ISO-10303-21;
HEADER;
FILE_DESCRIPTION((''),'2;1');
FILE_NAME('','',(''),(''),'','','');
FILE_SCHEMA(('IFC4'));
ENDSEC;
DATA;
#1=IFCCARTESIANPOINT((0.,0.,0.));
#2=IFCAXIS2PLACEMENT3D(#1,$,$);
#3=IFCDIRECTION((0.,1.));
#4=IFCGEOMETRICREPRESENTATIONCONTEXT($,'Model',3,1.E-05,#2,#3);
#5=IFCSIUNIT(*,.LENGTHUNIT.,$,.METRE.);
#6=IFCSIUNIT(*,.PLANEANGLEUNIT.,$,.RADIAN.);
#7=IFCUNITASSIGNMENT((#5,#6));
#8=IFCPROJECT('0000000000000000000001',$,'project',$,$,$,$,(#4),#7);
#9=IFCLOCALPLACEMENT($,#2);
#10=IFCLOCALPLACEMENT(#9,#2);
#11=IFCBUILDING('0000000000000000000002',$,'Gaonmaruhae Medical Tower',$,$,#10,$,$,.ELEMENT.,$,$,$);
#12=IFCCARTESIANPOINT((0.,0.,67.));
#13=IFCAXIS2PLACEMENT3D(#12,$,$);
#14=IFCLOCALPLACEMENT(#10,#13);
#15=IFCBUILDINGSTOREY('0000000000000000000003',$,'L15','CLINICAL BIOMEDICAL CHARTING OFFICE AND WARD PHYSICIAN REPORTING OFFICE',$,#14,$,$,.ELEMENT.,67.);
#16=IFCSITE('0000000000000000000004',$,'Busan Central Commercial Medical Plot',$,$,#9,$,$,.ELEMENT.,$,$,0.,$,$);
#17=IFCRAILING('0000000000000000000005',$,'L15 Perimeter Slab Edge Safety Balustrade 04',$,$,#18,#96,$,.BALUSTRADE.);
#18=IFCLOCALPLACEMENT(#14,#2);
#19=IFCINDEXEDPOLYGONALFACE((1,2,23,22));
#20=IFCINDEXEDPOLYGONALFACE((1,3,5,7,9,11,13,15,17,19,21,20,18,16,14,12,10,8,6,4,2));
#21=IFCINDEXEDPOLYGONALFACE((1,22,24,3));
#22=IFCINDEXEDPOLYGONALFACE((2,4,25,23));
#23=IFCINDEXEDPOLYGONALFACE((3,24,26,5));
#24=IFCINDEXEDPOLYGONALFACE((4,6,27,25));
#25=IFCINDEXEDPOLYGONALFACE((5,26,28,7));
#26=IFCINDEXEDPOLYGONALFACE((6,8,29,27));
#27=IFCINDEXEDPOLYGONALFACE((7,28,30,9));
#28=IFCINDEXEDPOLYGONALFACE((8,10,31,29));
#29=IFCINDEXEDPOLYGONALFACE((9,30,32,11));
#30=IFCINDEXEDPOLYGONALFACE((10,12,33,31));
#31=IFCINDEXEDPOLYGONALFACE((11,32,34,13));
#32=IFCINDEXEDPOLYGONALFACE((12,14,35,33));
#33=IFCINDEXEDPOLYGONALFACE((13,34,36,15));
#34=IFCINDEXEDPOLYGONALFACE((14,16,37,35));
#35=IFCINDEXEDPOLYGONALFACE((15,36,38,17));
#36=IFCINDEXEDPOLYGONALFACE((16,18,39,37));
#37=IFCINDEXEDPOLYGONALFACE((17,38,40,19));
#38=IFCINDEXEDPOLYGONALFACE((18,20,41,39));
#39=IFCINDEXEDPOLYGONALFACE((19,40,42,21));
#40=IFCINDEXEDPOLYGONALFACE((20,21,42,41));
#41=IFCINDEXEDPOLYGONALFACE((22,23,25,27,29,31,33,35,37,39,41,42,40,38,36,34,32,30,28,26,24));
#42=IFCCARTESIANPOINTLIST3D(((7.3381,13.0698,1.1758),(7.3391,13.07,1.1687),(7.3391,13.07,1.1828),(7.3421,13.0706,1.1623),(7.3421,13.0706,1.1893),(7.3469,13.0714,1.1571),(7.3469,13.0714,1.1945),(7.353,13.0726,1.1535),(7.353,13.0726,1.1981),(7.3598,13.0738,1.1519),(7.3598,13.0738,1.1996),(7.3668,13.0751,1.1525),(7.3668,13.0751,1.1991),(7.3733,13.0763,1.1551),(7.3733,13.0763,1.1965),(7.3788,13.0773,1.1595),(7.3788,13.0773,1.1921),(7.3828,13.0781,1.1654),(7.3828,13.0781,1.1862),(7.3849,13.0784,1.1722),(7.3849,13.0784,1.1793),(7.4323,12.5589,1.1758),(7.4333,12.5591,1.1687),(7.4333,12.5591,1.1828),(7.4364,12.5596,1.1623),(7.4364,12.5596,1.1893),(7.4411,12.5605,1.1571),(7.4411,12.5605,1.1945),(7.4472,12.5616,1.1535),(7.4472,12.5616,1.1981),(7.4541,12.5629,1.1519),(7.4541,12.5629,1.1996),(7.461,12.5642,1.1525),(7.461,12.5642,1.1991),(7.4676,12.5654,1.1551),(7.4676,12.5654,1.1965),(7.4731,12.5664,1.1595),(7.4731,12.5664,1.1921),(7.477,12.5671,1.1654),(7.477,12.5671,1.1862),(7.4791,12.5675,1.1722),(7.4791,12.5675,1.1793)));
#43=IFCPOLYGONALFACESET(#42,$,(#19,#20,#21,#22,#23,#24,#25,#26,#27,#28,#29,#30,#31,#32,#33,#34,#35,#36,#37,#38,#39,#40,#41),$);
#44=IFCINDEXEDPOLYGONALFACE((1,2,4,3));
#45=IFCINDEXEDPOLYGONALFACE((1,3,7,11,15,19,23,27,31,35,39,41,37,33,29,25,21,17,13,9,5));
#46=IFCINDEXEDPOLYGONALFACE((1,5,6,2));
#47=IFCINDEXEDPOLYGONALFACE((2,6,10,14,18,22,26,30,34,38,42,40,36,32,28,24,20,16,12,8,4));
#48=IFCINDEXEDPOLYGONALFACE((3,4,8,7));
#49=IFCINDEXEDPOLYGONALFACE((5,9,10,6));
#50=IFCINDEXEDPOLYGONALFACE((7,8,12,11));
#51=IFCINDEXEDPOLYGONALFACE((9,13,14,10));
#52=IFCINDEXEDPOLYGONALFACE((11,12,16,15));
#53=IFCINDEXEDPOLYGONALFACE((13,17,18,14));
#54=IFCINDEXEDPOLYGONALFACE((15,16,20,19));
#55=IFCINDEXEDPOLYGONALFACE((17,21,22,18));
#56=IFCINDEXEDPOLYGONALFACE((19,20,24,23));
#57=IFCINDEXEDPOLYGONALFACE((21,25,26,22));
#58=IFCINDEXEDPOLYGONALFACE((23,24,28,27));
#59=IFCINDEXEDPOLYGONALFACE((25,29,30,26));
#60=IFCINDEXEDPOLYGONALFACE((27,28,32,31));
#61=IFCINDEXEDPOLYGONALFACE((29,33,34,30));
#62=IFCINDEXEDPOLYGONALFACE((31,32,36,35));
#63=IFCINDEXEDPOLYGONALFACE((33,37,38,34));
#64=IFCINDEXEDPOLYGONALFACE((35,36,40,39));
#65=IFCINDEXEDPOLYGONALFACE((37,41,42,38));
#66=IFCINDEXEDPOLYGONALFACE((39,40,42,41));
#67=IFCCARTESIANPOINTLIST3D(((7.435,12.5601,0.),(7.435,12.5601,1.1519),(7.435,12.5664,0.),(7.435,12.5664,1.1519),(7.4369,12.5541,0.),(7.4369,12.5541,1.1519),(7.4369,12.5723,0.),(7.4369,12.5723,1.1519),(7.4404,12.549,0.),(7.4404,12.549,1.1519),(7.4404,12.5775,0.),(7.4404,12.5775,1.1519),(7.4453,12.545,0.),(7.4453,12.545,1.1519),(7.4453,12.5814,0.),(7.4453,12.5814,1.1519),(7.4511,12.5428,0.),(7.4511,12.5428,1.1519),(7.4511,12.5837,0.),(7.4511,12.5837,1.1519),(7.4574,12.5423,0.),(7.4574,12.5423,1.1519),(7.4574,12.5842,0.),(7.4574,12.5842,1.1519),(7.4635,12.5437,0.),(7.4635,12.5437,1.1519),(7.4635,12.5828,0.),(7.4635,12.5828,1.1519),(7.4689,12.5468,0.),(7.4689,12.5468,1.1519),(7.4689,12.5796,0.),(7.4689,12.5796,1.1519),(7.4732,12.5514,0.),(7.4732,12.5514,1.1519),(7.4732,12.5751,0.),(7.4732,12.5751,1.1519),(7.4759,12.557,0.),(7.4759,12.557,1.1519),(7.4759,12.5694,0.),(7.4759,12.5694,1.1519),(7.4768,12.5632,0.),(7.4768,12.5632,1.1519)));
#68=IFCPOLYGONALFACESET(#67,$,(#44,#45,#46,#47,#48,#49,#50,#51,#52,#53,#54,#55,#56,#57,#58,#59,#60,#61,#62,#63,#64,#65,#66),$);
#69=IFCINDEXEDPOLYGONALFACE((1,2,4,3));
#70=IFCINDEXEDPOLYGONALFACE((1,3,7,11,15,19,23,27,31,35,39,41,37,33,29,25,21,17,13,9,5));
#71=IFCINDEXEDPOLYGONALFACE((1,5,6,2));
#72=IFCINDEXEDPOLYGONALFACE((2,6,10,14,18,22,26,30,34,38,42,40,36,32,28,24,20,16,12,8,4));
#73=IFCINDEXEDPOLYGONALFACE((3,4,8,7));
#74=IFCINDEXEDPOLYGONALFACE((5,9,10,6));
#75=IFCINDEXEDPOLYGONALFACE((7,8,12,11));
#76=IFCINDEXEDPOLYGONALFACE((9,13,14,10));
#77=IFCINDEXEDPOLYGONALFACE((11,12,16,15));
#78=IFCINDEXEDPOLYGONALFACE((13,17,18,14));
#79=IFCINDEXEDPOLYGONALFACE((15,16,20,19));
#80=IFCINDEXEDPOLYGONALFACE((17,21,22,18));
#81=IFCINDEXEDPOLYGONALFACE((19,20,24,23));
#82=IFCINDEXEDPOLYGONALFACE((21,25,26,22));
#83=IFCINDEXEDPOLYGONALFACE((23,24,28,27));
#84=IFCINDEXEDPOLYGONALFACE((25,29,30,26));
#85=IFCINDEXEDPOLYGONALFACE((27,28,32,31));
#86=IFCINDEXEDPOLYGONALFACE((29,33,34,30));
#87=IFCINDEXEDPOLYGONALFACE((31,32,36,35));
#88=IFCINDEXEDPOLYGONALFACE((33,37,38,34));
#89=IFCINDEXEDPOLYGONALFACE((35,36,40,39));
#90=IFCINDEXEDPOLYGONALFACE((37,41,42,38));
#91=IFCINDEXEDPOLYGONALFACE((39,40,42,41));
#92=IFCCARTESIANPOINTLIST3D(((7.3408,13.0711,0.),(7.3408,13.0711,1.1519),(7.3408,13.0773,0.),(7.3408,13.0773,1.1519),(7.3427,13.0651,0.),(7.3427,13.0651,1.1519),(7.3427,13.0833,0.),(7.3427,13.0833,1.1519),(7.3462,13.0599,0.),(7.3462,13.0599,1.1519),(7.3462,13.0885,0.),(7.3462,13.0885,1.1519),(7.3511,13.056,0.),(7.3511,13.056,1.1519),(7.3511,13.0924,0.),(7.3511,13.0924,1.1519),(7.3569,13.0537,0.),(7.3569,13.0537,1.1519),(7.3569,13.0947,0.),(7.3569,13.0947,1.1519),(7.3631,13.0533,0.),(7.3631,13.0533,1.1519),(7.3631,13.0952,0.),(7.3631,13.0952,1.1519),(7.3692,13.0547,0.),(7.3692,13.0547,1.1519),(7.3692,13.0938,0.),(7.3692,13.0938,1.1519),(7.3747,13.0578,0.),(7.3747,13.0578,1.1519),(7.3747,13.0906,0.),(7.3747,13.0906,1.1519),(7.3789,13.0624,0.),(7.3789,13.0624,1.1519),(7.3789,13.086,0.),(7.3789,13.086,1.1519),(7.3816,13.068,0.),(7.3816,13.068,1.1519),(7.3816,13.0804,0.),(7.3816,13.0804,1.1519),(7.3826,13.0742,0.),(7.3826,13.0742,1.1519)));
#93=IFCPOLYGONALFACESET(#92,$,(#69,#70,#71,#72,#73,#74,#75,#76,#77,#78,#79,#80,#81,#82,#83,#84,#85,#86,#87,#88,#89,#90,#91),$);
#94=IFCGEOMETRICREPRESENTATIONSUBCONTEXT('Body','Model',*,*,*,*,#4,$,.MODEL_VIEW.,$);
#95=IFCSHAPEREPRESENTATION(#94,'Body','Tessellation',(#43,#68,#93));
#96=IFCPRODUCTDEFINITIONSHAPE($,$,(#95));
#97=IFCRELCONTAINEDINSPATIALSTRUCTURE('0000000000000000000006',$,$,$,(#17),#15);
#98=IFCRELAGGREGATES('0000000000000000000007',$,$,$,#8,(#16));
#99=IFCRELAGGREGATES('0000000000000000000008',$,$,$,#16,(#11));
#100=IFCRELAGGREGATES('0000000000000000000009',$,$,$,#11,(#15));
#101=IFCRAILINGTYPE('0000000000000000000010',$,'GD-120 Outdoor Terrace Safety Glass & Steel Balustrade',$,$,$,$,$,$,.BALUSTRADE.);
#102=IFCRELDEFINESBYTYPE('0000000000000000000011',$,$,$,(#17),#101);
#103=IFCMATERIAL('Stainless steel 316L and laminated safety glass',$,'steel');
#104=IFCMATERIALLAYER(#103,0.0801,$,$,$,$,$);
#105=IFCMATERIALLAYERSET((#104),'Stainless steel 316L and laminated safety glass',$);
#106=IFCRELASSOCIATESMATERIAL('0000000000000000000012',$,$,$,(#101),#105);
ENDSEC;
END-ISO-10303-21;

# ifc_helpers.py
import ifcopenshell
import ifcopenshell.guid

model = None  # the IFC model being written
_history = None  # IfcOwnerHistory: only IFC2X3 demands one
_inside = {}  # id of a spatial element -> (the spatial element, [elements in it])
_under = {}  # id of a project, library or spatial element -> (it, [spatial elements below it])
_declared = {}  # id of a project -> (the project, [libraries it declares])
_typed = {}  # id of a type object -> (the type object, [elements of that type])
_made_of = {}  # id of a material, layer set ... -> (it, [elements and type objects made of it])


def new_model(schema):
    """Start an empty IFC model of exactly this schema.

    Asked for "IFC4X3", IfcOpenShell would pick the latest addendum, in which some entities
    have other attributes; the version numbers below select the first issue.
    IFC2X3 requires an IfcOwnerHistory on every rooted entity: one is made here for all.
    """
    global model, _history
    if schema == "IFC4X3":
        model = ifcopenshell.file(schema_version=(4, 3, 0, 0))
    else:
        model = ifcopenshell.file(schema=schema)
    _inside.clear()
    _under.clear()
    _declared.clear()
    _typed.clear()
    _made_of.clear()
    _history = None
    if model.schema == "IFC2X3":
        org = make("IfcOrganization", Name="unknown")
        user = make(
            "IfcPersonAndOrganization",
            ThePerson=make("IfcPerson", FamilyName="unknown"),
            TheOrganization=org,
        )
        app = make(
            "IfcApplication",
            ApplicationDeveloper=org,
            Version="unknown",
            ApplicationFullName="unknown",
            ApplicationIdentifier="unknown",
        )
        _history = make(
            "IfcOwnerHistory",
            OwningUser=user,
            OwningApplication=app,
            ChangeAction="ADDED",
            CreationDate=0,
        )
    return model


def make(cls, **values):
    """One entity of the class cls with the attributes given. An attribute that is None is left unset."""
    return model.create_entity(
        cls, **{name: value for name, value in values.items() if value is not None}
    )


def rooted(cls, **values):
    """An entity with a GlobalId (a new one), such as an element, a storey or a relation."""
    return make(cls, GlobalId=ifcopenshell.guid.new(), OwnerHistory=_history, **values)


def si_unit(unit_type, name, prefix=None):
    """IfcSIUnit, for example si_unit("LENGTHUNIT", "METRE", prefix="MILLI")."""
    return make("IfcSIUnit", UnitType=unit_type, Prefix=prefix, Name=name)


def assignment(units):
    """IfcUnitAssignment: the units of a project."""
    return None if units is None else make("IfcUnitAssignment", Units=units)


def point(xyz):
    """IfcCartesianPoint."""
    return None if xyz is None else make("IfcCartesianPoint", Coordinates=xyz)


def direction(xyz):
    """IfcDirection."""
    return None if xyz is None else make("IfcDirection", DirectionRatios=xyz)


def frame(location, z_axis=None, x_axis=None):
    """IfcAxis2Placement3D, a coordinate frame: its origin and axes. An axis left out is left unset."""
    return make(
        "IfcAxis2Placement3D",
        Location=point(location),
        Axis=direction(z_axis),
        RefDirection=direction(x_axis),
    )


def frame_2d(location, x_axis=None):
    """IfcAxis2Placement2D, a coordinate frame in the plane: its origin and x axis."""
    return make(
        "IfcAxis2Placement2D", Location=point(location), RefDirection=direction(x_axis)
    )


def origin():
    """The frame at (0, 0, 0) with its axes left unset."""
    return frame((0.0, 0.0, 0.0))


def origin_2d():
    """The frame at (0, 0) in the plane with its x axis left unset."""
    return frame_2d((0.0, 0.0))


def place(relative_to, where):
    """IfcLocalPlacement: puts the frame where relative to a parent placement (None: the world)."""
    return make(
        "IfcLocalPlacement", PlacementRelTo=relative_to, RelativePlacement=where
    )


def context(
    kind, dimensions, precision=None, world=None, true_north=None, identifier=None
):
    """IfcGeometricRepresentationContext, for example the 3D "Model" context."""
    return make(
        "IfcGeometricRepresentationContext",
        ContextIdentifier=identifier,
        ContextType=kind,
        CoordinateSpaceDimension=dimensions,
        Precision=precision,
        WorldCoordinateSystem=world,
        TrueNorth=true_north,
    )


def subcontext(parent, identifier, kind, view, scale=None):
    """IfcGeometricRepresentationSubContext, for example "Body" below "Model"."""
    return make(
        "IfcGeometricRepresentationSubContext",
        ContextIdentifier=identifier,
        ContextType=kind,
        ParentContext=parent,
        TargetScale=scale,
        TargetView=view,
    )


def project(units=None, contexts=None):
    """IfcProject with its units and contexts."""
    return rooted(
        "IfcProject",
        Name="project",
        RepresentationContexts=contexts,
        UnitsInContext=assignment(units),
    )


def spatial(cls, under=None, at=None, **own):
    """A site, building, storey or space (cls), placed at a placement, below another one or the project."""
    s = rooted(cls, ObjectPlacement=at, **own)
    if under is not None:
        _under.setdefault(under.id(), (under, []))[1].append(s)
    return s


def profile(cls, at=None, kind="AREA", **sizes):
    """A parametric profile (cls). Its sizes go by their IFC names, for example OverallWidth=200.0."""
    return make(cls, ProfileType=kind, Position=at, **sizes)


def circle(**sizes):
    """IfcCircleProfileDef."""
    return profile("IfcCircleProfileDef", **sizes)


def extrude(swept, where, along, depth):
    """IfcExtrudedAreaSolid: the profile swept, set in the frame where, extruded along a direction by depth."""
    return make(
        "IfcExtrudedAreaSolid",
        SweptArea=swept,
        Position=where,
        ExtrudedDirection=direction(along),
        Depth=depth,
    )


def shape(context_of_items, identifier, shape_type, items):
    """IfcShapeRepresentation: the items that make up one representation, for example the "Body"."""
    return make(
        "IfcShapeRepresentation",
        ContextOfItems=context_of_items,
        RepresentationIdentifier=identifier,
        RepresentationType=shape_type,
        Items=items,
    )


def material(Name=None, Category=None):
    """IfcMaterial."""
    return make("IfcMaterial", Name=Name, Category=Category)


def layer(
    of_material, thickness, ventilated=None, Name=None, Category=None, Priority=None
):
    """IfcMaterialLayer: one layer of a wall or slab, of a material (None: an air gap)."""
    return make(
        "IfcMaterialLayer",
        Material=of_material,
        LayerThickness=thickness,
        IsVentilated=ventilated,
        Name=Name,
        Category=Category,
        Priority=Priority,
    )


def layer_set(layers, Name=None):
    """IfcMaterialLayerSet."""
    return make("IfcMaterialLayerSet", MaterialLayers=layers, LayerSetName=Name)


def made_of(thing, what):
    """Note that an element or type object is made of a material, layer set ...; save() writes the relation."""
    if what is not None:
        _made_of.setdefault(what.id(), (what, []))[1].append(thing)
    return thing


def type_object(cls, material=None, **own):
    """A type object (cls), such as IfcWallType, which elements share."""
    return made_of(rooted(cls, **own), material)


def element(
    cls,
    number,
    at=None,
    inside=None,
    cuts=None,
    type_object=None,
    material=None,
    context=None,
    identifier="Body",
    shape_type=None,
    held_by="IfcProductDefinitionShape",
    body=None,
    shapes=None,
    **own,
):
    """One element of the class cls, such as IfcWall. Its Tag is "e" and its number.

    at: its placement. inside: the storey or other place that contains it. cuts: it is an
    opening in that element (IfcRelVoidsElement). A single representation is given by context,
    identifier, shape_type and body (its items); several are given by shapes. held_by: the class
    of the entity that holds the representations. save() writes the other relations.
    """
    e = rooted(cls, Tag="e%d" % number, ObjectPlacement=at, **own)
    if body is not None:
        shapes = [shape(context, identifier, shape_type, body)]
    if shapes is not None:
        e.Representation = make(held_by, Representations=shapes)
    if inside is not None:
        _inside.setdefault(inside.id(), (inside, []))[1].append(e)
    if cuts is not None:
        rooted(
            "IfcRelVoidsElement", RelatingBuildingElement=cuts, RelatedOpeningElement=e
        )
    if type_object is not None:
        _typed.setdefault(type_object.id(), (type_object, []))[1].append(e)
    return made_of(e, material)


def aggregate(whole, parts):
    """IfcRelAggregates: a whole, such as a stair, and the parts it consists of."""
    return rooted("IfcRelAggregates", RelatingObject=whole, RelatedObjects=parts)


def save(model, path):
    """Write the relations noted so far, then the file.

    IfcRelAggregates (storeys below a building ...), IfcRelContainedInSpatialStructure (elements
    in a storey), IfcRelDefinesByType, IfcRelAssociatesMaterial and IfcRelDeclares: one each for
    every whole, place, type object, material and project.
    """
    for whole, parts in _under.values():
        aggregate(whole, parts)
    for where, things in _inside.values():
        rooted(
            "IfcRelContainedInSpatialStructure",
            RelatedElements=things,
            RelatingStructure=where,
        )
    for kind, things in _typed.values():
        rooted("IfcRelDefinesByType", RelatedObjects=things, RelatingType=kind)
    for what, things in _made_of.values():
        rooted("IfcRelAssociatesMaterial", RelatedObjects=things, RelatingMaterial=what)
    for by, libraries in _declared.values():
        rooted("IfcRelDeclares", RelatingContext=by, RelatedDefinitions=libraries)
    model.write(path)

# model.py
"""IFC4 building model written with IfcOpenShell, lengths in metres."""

from ifc_helpers import new_model, si_unit, direction, frame, origin, origin_2d, place, context, subcontext, project, spatial, circle, extrude, material, layer, layer_set, type_object, element, save


model = new_model("IFC4")

# Units and contexts
model_context = context("Model", 3, precision=1e-05, world=origin(), true_north=direction((0.0, 1.0)))
body_context = subcontext(model_context, "Body", "Model", "MODEL_VIEW")
ifc_project = project(units=[si_unit("LENGTHUNIT", "METRE"), si_unit("PLANEANGLEUNIT", "RADIAN")], contexts=[model_context])

# Site, building, storey
site_placement = place(None, origin())
site = spatial("IfcSite", under=ifc_project, at=site_placement, Name="Busan Central Commercial Medical Plot", CompositionType="ELEMENT", RefElevation=0.0)
building_placement = place(site_placement, origin())
building = spatial("IfcBuilding", under=site, at=building_placement, Name="Gaonmaruhae Medical Tower", CompositionType="ELEMENT")
storey_placement = place(building_placement, frame((0.0, 0.0, 67.0)))
storey = spatial("IfcBuildingStorey", under=building, at=storey_placement, Name="L15", Description="CLINICAL BIOMEDICAL CHARTING OFFICE AND WARD PHYSICIAN REPORTING OFFICE", CompositionType="ELEMENT", Elevation=67.0)

# Railing
ifc_material_1 = material(Name="Stainless steel 316L and laminated safety glass", Category="steel")
ifc_layer_1 = layer(ifc_material_1, 0.0801)
ifc_layer_set_1 = layer_set([ifc_layer_1], Name="Stainless steel 316L and laminated safety glass")
railing_type_1 = type_object("IfcRailingType", Name="GD-120 Outdoor Terrace Safety Glass & Steel Balustrade", PredefinedType="BALUSTRADE", material=ifc_layer_set_1)
railing_1_placement = place(storey_placement, frame((7.4558, 12.5632, 0.0)))
element("IfcRailing", 1, at=railing_1_placement, inside=storey, type_object=railing_type_1, Name="L15 Perimeter Slab Edge Safety Balustrade 04", PredefinedType="BALUSTRADE", context=body_context, shape_type="SweptSolid", body=[
    extrude(circle(Radius=0.0239, at=origin_2d()), frame((0.0, 0.0, 1.1758), z_axis=(-0.181366, 0.983416, 0.0), x_axis=(-0.983416, -0.181366, 0.0)), (0.0, 0.0, 1.0), 0.5195),
    extrude(circle(Radius=0.021, at=origin_2d()), origin(), (0.0, 0.0, 1.0), 1.1519),
    extrude(circle(Radius=0.021, at=origin_2d()), frame((-0.0942, 0.511, 0.0)), (0.0, 0.0, 1.0), 1.1519),
])

save(model, "model.ifc")
